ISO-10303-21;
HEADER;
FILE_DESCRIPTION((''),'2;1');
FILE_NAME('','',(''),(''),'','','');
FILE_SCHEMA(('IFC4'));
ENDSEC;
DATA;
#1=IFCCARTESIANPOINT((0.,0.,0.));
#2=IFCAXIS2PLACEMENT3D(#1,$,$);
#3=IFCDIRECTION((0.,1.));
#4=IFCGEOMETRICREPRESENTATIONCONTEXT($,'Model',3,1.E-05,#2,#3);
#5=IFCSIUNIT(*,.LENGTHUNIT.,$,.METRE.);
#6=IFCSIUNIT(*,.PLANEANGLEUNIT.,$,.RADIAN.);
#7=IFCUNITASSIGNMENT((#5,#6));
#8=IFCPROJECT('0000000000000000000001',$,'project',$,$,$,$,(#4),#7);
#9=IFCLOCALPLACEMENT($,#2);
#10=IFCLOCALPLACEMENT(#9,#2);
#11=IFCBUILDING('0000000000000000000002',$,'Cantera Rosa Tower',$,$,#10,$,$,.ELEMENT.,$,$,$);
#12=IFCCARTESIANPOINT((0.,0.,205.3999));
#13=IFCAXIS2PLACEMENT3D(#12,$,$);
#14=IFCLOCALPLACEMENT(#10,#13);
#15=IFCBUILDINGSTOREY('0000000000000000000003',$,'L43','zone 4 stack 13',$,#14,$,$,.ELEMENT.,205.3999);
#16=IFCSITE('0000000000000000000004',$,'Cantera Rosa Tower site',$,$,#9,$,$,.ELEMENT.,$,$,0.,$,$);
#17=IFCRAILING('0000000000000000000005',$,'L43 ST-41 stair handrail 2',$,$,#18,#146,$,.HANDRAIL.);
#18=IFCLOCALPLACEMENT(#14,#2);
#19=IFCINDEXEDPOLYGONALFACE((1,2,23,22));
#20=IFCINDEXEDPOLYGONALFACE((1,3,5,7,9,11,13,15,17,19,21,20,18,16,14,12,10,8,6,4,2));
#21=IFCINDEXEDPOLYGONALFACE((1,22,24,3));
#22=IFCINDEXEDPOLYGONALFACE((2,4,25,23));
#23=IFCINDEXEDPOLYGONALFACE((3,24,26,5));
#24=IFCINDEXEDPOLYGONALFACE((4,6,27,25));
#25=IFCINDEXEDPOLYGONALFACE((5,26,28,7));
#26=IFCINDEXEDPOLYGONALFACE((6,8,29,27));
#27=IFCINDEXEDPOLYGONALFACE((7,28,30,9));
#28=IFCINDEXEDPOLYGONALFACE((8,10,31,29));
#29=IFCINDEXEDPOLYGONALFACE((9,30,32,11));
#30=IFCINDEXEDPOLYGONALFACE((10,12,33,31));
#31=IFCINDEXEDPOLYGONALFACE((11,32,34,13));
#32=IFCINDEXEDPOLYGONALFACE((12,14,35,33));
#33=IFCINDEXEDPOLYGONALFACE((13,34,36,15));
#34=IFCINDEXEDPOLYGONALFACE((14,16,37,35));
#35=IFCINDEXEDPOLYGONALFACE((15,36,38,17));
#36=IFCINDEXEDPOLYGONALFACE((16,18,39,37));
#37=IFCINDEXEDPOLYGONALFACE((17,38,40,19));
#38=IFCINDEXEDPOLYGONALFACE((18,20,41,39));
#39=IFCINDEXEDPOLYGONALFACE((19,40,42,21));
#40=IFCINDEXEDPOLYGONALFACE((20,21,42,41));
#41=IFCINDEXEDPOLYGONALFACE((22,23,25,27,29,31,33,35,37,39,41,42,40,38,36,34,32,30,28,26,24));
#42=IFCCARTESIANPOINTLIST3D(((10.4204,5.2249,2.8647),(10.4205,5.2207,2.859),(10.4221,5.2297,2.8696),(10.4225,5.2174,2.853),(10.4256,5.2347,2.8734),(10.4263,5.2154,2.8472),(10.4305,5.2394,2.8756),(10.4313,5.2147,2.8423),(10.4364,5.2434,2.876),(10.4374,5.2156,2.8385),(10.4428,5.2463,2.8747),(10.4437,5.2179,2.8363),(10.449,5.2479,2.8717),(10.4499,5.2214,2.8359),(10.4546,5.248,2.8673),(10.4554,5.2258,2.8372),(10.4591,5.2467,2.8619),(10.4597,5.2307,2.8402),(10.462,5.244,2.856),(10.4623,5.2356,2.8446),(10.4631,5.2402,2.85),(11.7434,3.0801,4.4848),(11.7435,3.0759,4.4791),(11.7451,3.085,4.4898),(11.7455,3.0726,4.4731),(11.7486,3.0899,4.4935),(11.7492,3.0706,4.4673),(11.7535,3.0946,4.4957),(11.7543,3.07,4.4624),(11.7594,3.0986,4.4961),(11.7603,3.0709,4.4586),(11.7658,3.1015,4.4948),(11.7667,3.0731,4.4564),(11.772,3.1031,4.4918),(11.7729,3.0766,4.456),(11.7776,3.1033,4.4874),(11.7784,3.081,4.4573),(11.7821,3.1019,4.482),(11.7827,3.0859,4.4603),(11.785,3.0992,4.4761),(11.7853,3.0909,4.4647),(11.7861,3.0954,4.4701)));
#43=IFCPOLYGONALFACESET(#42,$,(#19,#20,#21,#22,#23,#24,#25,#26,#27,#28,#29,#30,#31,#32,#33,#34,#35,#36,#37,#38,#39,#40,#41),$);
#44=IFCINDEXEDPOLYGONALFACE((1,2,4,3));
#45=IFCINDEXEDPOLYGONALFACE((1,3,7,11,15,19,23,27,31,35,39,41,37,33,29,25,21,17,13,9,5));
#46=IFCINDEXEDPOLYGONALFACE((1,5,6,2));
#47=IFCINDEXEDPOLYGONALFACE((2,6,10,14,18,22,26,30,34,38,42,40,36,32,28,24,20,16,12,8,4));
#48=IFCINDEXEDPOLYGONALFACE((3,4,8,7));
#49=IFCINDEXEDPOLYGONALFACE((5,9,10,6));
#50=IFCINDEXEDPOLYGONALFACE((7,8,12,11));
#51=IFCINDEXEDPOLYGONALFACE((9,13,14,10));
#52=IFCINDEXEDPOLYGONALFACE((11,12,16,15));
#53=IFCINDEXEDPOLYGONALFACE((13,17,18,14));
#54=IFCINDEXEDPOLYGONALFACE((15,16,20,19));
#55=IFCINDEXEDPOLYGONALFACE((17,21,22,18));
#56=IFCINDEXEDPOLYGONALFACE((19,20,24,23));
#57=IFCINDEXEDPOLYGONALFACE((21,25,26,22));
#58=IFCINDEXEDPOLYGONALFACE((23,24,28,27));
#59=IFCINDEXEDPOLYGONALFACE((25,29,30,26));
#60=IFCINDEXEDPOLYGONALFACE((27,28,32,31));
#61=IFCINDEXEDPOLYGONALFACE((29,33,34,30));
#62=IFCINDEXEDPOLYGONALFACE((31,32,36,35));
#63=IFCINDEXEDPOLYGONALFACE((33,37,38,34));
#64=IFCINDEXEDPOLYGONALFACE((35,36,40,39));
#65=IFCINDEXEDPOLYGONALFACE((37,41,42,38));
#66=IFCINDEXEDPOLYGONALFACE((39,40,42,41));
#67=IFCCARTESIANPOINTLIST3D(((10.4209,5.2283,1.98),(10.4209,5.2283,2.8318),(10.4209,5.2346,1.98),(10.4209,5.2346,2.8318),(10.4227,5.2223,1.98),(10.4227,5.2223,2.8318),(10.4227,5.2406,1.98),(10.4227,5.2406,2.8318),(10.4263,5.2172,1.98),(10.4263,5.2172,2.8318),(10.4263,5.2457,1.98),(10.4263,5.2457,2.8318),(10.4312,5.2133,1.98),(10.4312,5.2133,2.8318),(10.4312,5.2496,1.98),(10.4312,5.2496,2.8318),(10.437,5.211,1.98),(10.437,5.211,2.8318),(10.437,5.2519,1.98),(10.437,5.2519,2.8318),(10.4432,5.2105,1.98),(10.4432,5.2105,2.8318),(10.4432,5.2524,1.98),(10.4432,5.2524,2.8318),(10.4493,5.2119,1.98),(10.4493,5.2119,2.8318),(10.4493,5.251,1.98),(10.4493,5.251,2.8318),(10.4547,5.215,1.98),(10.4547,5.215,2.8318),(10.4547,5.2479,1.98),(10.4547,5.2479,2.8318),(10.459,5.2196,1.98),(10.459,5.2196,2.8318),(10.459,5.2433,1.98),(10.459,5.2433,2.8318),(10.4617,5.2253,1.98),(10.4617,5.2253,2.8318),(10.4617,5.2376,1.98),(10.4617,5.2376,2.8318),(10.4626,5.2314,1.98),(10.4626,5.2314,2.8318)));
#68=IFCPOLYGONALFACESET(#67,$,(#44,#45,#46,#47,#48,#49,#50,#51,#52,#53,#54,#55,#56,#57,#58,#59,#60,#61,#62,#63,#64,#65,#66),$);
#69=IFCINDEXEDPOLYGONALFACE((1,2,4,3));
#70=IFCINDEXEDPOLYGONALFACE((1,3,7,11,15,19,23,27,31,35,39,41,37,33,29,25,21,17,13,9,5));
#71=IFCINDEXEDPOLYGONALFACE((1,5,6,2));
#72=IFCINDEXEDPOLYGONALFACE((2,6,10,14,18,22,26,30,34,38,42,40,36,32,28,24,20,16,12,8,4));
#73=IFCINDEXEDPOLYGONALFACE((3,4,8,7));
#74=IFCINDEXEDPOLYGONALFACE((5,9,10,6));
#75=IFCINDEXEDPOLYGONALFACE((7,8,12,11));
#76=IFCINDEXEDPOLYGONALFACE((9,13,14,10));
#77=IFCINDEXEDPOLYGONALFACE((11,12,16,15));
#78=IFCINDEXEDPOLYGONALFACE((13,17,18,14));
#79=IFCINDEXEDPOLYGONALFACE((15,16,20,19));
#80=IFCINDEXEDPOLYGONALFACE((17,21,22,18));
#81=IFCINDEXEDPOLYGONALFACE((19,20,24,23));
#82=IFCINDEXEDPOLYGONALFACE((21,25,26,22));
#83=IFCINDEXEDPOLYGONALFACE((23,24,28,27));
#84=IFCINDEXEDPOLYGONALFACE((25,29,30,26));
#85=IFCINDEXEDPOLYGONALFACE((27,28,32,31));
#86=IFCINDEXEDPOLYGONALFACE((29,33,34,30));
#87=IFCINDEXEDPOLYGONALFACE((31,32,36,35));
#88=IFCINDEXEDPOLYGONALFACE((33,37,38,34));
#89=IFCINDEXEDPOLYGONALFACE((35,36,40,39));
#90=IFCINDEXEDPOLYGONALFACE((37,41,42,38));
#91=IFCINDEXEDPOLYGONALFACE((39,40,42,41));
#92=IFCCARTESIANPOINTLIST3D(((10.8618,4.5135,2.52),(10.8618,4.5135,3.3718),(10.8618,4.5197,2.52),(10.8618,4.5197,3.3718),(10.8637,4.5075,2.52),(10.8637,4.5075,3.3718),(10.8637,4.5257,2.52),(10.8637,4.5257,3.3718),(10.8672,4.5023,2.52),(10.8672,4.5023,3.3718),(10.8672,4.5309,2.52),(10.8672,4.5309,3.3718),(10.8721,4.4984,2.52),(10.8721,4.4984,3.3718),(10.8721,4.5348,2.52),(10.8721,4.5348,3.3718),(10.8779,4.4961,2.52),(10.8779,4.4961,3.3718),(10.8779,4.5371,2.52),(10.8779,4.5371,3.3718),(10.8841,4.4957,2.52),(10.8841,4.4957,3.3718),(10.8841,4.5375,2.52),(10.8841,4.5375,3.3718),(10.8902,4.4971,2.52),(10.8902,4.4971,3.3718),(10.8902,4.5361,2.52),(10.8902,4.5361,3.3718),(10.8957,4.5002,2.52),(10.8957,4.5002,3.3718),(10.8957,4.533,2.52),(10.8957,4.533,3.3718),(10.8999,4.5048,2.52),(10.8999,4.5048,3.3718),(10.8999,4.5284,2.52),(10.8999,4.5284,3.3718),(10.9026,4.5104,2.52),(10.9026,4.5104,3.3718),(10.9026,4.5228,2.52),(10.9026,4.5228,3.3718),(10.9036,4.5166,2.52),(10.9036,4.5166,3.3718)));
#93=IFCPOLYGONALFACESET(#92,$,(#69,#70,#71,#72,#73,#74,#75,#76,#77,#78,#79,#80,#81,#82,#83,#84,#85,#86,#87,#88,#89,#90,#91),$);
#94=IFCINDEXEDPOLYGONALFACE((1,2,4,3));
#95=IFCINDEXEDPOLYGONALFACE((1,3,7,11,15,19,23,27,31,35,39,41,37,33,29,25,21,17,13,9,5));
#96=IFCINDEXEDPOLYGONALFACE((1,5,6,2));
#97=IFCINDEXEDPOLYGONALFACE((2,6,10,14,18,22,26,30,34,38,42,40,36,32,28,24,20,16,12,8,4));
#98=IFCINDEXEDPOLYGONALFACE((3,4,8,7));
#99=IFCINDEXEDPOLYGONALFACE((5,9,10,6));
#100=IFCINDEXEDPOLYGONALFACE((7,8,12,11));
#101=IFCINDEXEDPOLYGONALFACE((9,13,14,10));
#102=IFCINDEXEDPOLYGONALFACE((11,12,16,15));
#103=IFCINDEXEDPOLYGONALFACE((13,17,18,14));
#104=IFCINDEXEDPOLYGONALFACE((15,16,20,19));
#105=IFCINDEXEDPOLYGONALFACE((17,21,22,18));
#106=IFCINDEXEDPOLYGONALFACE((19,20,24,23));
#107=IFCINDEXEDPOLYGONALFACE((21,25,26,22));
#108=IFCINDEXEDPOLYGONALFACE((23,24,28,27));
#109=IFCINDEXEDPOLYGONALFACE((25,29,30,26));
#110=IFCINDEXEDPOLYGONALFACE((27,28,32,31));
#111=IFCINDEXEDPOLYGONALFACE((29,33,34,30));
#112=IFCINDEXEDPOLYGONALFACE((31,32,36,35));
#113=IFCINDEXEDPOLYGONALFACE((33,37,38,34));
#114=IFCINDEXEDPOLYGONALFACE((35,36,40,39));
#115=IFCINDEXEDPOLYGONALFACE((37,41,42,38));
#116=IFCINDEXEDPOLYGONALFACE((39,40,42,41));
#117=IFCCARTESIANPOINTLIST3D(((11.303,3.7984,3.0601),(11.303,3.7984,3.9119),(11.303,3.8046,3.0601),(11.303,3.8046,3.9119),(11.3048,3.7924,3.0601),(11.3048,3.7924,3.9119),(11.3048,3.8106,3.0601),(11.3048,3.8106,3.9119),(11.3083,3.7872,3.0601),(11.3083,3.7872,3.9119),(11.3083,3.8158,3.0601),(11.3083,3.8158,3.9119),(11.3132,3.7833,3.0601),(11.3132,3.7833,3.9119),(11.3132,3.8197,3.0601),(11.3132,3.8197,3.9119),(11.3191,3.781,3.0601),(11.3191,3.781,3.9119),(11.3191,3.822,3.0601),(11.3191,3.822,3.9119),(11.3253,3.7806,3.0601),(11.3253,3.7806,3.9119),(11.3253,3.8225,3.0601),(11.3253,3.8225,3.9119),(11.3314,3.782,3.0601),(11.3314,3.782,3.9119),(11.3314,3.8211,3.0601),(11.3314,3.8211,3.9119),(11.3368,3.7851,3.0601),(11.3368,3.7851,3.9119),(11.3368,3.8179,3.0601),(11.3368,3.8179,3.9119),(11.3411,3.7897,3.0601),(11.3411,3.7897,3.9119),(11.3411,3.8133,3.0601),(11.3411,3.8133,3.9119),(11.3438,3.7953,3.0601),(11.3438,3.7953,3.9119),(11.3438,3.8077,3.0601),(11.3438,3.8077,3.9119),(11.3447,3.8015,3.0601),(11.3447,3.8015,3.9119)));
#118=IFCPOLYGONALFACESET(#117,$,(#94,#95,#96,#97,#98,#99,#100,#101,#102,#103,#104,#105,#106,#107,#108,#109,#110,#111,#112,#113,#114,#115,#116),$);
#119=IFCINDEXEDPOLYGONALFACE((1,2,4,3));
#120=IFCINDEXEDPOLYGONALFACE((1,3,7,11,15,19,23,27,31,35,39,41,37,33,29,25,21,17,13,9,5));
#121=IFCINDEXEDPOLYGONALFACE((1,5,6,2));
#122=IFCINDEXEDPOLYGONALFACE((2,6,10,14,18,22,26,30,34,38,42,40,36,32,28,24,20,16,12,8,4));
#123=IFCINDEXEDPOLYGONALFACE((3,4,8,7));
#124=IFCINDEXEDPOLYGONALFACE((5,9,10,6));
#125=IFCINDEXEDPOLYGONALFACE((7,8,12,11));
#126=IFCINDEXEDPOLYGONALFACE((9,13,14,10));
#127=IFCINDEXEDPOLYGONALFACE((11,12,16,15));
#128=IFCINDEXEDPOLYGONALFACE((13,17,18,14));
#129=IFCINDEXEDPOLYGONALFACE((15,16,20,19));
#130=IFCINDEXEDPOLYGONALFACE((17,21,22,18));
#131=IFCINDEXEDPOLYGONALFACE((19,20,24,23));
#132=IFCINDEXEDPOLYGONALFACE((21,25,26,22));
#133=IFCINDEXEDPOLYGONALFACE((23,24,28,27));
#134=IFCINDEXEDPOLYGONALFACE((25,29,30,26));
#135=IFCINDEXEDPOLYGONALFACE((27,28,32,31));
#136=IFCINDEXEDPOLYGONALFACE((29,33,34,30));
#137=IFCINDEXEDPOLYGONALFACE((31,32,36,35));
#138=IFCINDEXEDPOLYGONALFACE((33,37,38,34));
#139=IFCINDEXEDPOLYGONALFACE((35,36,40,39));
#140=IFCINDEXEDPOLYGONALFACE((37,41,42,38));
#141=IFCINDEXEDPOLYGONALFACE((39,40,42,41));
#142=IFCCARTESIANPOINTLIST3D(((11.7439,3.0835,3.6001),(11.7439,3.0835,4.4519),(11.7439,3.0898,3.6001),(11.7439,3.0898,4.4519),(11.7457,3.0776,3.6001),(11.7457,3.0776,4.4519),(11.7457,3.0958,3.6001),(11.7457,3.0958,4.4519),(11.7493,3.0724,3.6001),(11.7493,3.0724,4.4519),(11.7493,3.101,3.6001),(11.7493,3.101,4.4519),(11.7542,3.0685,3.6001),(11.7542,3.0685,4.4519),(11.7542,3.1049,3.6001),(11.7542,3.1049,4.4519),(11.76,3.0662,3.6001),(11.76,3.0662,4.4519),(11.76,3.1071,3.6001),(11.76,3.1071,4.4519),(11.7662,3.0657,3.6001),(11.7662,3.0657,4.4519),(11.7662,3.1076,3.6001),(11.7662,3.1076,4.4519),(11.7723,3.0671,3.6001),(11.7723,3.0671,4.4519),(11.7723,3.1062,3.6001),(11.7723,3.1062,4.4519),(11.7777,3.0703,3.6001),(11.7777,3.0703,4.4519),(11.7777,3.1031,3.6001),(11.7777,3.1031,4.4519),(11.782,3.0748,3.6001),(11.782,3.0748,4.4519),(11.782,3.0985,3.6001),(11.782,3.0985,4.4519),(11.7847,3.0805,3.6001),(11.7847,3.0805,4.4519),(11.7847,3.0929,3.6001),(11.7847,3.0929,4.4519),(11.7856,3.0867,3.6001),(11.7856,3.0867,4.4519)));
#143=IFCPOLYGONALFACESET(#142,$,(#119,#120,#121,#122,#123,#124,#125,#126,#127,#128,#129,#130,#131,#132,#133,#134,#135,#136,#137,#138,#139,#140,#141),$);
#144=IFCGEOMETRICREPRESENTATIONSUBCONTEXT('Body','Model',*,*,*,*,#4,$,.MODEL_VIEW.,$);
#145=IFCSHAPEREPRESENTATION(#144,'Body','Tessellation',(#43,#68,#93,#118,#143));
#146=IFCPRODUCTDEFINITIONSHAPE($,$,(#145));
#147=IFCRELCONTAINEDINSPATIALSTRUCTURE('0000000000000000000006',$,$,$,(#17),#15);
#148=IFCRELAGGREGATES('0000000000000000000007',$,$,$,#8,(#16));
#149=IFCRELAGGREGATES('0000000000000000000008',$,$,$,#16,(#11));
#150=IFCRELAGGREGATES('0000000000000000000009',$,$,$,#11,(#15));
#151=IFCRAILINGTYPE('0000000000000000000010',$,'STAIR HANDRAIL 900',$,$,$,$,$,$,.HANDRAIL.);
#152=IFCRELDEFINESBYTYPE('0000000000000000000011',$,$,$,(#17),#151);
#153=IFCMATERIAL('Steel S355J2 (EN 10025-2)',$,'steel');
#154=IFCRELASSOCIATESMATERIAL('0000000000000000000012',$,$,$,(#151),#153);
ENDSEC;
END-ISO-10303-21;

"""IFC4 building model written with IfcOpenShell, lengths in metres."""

from ifc_helpers import new_model, si_unit, direction, frame, origin, origin_2d, place, context, subcontext, project, spatial, circle, extrude, material, type_object, element, save


model = new_model("IFC4")

# Units and contexts
model_context = context("Model", 3, precision=1e-05, world=origin(), true_north=direction((0.0, 1.0)))
body_context = subcontext(model_context, "Body", "Model", "MODEL_VIEW")
ifc_project = project(units=[si_unit("LENGTHUNIT", "METRE"), si_unit("PLANEANGLEUNIT", "RADIAN")], contexts=[model_context])

# Site, building, storey
site_placement = place(None, origin())
site = spatial("IfcSite", under=ifc_project, at=site_placement, Name="Cantera Rosa Tower site", CompositionType="ELEMENT", RefElevation=0.0)
building_placement = place(site_placement, origin())
building = spatial("IfcBuilding", under=site, at=building_placement, Name="Cantera Rosa Tower", CompositionType="ELEMENT")
storey_placement = place(building_placement, frame((0.0, 0.0, 205.3999)))
storey = spatial("IfcBuildingStorey", under=building, at=storey_placement, Name="L43", Description="zone 4 stack 13", CompositionType="ELEMENT", Elevation=205.3999)

# Railing
ifc_material_1 = material(Name="Steel S355J2 (EN 10025-2)", Category="steel")
railing_type_1 = type_object("IfcRailingType", Name="STAIR HANDRAIL 900", PredefinedType="HANDRAIL", material=ifc_material_1)
railing_1_placement = place(storey_placement, frame((10.4417, 5.2314, 1.98)))
element("IfcRailing", 1, at=railing_1_placement, inside=storey, type_object=railing_type_1, Name="L43 ST-41 stair handrail 2", PredefinedType="HANDRAIL", context=body_context, shape_type="SweptSolid", body=[
    extrude(circle(Radius=0.0239, at=origin_2d()), frame((0.0, 0.0, 0.876), z_axis=(0.441609, -0.715914, 0.540786), x_axis=(0.851102, 0.525, 0.0)), (0.0, 0.0, 1.0), 2.9958),
    extrude(circle(Radius=0.021, at=origin_2d()), origin(), (0.0, 0.0, 1.0), 0.8518),
    extrude(circle(Radius=0.021, at=origin_2d()), frame((0.4409, -0.7148, 0.54)), (0.0, 0.0, 1.0), 0.8518),
    extrude(circle(Radius=0.021, at=origin_2d()), frame((0.8821, -1.4299, 1.0801)), (0.0, 0.0, 1.0), 0.8518),
    extrude(circle(Radius=0.021, at=origin_2d()), frame((1.323, -2.1448, 1.6201)), (0.0, 0.0, 1.0), 0.8518),
])

save(model, "model.ifc")
